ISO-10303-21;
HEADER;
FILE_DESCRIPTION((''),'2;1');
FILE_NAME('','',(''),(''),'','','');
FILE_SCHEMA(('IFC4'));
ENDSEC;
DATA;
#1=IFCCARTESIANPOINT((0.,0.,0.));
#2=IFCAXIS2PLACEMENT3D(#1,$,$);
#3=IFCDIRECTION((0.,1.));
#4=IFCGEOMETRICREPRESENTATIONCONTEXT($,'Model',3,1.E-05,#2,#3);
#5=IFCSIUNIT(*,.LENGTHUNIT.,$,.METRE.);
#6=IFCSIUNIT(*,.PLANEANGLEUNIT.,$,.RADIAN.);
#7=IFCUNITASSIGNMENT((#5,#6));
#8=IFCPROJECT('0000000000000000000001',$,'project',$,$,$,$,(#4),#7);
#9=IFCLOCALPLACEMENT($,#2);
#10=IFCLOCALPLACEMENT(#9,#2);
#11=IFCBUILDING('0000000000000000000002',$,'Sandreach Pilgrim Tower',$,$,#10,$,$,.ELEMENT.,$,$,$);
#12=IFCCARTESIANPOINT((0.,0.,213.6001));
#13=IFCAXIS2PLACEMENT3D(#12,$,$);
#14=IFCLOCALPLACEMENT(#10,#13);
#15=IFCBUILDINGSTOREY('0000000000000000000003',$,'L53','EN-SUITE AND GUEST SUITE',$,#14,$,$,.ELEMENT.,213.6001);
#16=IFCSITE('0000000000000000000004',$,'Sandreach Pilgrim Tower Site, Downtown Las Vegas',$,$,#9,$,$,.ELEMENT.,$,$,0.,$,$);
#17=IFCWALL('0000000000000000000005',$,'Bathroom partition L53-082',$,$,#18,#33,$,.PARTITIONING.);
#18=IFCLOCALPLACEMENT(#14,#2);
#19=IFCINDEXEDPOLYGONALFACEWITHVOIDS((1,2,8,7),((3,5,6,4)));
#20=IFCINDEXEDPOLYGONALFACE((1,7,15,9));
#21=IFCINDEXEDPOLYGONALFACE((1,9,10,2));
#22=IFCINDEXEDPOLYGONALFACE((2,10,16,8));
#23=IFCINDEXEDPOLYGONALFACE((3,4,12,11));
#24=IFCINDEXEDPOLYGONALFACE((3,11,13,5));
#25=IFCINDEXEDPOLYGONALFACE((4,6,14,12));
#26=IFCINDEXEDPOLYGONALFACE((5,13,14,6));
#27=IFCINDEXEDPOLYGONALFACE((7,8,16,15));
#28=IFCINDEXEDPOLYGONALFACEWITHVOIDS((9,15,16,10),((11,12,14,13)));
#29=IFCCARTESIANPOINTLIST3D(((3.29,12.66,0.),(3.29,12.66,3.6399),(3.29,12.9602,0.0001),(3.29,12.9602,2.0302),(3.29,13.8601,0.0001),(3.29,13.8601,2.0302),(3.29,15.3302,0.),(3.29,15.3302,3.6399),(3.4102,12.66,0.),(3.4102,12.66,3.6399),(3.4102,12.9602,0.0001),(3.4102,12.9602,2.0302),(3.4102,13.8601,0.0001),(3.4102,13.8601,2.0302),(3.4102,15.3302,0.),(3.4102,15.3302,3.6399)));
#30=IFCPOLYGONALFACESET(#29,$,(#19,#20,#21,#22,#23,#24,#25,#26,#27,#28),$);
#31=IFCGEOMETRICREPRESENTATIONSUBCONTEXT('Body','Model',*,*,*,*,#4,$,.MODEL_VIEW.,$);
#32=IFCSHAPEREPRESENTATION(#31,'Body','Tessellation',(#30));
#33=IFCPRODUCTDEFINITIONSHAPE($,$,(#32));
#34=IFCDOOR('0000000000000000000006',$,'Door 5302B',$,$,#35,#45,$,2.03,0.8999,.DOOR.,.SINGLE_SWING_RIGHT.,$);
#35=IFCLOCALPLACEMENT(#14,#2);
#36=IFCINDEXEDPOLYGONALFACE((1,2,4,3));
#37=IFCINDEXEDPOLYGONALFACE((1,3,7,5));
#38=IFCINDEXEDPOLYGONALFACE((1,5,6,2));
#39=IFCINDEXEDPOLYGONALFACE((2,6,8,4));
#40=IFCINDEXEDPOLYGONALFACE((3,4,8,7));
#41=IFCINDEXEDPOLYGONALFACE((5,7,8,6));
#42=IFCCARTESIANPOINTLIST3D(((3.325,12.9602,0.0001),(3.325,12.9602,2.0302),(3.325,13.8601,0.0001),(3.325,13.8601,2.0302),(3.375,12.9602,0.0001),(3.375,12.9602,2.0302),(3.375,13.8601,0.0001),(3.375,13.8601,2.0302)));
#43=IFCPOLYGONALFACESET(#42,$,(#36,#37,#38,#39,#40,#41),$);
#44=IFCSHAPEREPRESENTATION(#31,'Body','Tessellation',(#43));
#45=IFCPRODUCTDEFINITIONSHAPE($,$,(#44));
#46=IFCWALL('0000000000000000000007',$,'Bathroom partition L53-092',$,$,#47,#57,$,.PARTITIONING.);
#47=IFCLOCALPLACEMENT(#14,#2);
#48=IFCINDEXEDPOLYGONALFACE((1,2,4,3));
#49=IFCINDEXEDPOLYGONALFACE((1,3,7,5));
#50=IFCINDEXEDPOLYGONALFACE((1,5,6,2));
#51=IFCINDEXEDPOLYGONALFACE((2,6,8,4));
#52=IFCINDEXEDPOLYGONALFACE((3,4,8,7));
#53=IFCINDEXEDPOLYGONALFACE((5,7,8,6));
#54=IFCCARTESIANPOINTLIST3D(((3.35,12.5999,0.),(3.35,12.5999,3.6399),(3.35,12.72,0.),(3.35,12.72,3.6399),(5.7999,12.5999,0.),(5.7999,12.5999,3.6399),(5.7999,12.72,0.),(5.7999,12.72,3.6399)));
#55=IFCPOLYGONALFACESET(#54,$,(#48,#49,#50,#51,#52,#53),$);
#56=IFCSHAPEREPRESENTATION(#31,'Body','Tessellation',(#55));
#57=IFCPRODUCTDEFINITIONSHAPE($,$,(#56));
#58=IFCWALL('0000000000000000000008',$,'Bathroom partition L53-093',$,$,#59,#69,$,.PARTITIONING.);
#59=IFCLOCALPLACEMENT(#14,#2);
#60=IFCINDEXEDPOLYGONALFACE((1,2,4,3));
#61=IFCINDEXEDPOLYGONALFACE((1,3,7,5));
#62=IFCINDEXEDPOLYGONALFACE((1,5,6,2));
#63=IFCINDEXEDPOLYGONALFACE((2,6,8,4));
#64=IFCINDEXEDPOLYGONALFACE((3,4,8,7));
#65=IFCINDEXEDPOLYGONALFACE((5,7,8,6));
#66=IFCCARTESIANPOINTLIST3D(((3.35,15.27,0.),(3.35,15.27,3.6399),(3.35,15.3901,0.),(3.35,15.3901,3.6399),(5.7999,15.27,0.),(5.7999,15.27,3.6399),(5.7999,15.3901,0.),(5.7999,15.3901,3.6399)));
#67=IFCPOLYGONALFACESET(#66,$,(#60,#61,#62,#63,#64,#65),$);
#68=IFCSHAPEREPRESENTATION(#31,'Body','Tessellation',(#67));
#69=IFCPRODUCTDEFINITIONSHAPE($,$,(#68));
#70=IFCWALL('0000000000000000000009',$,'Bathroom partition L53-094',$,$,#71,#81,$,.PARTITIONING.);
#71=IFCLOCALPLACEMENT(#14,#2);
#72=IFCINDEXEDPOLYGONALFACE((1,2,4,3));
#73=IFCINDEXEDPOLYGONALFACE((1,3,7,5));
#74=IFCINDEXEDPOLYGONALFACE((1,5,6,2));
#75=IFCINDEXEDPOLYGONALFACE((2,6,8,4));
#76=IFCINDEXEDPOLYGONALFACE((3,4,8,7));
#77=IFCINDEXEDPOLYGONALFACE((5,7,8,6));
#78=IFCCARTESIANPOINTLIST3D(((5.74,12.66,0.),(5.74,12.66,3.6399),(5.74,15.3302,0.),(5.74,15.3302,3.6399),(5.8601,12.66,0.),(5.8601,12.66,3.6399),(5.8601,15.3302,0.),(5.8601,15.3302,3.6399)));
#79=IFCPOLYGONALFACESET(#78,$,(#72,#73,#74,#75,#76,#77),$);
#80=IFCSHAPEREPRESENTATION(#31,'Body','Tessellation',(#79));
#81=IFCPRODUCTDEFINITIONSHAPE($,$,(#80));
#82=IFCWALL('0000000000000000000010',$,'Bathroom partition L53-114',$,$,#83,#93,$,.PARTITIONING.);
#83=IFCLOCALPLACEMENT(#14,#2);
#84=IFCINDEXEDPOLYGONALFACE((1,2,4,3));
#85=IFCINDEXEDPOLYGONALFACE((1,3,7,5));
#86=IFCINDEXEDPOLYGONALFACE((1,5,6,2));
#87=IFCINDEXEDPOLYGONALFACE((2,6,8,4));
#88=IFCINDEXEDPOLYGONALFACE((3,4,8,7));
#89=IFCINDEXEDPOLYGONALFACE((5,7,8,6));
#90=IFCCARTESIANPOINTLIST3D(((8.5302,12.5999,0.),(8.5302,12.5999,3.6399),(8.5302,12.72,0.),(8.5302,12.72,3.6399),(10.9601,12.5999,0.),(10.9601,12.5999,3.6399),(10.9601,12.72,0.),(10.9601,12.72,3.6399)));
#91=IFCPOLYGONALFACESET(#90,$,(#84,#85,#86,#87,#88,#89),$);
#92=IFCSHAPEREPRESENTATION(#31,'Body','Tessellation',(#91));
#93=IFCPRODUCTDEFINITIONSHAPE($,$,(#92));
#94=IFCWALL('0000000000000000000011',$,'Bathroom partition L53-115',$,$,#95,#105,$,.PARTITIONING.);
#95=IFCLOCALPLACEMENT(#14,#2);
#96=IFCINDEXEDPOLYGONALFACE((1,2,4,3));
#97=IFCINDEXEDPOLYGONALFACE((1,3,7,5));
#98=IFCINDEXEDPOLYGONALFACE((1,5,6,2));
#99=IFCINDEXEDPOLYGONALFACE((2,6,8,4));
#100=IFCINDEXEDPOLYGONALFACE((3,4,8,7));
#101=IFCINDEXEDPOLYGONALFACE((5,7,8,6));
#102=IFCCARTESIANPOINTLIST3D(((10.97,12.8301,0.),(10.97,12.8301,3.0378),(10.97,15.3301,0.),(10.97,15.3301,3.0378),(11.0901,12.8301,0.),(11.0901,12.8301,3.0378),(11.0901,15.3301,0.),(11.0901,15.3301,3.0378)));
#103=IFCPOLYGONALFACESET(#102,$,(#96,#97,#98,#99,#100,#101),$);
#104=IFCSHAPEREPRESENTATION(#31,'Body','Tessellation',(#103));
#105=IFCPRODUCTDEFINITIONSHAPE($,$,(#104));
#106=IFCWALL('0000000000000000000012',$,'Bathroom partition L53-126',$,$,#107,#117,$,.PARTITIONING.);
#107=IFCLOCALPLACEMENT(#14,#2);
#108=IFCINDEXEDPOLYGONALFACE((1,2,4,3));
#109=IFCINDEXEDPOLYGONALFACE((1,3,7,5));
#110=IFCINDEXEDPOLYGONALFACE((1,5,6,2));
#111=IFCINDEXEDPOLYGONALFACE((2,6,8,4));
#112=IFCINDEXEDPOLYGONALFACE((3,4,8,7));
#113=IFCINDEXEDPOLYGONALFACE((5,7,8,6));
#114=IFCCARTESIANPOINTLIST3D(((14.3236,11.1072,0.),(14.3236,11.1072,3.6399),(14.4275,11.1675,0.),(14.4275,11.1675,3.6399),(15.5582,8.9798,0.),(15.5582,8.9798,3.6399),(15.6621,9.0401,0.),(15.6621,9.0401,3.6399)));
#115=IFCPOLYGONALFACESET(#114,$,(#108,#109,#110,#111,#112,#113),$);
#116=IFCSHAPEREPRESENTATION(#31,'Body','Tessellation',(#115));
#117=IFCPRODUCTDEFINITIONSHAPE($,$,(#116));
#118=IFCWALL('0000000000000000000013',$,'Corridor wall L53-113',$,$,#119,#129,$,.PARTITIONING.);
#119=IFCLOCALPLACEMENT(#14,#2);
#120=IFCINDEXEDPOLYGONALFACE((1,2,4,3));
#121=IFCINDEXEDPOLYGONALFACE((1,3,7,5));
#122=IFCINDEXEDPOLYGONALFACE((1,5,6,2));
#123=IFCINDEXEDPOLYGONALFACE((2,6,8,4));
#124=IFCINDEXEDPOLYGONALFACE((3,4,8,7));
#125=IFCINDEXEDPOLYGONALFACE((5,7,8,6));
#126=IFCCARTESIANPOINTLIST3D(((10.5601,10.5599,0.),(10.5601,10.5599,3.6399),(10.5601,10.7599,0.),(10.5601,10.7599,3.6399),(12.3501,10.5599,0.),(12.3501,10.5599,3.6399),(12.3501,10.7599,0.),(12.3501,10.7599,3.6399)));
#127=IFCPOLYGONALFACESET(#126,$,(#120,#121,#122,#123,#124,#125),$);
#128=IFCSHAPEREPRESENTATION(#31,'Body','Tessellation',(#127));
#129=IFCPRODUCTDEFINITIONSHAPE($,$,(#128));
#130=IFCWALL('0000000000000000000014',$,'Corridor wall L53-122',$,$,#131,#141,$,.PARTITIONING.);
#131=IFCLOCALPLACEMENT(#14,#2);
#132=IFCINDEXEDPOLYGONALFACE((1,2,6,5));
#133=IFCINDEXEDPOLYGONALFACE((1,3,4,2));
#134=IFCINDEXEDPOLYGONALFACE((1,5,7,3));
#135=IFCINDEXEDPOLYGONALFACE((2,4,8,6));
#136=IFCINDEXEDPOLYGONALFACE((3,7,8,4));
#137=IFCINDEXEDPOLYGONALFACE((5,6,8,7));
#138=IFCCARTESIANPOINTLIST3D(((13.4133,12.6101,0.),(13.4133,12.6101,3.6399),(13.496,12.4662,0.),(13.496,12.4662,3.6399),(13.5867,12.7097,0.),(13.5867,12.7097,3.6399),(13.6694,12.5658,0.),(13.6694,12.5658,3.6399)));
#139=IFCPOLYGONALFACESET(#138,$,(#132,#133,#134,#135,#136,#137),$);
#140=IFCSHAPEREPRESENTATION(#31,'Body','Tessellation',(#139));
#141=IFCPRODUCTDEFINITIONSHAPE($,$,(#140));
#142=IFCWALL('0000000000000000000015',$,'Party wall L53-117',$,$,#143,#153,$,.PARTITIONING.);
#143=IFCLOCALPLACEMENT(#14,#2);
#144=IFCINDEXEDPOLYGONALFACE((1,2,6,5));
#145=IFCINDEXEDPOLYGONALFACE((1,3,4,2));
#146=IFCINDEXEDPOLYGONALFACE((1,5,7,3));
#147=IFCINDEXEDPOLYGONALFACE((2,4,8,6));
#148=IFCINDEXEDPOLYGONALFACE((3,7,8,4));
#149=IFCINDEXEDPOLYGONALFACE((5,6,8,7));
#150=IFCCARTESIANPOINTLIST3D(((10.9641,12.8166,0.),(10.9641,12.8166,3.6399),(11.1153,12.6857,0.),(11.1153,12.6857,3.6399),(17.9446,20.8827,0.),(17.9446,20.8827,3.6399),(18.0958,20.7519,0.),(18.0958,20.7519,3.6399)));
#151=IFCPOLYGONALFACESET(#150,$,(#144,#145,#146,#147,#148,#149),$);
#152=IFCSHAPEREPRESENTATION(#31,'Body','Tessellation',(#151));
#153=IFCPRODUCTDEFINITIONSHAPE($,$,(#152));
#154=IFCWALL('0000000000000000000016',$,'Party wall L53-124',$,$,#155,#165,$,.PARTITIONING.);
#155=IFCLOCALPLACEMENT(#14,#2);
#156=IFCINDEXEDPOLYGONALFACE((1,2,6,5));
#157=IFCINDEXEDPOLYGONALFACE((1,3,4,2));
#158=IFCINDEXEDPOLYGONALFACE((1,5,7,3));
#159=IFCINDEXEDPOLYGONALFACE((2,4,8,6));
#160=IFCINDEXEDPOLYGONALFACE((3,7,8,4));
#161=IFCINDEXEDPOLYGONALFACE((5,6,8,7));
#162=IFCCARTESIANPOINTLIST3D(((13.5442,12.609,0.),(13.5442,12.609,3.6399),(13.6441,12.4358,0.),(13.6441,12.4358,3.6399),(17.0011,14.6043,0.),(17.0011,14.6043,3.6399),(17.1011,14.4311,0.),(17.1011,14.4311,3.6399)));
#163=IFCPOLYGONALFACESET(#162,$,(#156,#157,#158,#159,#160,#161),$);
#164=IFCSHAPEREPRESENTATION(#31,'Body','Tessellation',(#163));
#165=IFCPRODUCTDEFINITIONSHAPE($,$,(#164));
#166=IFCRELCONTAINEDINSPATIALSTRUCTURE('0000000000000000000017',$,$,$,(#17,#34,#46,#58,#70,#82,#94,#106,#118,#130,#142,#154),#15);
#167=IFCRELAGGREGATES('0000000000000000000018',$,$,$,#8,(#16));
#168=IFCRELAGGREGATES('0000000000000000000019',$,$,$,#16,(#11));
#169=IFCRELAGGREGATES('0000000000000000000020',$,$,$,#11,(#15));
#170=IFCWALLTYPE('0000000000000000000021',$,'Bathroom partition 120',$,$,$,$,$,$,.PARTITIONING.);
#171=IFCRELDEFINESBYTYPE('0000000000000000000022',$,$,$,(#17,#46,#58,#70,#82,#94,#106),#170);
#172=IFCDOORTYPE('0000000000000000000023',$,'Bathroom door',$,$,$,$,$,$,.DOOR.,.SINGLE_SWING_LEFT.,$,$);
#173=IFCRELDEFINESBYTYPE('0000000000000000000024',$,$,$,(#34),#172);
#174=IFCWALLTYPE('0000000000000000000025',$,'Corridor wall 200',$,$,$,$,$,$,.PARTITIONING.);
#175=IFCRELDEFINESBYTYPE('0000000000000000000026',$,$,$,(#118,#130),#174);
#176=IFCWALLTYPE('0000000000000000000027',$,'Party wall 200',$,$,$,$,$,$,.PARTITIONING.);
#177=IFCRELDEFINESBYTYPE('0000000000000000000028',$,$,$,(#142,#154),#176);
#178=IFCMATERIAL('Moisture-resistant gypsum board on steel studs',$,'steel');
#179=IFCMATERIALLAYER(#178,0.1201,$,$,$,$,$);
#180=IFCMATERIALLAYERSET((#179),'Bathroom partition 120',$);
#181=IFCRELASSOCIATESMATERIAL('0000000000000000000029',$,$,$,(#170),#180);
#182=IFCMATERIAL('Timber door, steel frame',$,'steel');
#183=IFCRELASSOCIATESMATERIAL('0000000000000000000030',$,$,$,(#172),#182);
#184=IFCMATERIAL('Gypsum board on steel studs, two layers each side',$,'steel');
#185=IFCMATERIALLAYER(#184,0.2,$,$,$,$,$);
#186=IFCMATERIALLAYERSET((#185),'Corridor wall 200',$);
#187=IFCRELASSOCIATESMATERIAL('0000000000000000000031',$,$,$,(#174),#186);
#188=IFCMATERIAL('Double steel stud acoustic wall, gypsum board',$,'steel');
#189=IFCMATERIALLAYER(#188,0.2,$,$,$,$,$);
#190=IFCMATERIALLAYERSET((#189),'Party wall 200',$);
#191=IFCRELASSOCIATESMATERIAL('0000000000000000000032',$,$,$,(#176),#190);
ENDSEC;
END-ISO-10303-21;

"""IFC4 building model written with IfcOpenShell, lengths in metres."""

from ifc_helpers import new_model, si_unit, direction, frame, frame_2d, origin, place, context, subcontext, project, spatial, rectangle, extrude, material, layer, layer_set, type_object, element, fill, save


model = new_model("IFC4")

# Units and contexts
model_context = context("Model", 3, precision=1e-05, world=origin(), true_north=direction((0.0, 1.0)))
body_context = subcontext(model_context, "Body", "Model", "MODEL_VIEW")
ifc_project = project(units=[si_unit("LENGTHUNIT", "METRE"), si_unit("PLANEANGLEUNIT", "RADIAN")], contexts=[model_context])

# Site, building, storey
site_placement = place(None, origin())
site = spatial("IfcSite", under=ifc_project, at=site_placement, Name="Sandreach Pilgrim Tower Site, Downtown Las Vegas", CompositionType="ELEMENT", RefElevation=0.0)
building_placement = place(site_placement, origin())
building = spatial("IfcBuilding", under=site, at=building_placement, Name="Sandreach Pilgrim Tower", CompositionType="ELEMENT")
storey_placement = place(building_placement, frame((0.0, 0.0, 213.6001)))
storey = spatial("IfcBuildingStorey", under=building, at=storey_placement, Name="L53", Description="EN-SUITE AND GUEST SUITE", CompositionType="ELEMENT", Elevation=213.6001)

# Wall, opening, door
ifc_material_1 = material(Name="Moisture-resistant gypsum board on steel studs", Category="steel")
ifc_layer_1 = layer(ifc_material_1, 0.1201)
ifc_layer_set_1 = layer_set([ifc_layer_1], Name="Bathroom partition 120")
wall_type_1 = type_object("IfcWallType", Name="Bathroom partition 120", PredefinedType="PARTITIONING", material=ifc_layer_set_1)
wall_1_placement = place(storey_placement, frame((3.3501, 15.3301, 0.0), z_axis=(0.0, 0.0, 1.0), x_axis=(0.0, -1.0, 0.0)))
wall_1 = element("IfcWall", 1, at=wall_1_placement, inside=storey, type_object=wall_type_1, Name="Bathroom partition L53-082", PredefinedType="PARTITIONING", context=body_context, shape_type="SweptSolid", body=[
    extrude(rectangle(XDim=2.6702, YDim=0.1201, at=frame_2d((1.335, 0.0))), origin(), (0.0, 0.0, 1.0), 3.6399),
])
opening_1_placement = place(wall_1_placement, frame((1.47, 0.0, 0.0)))
opening_1 = element("IfcOpeningElement", 2, at=opening_1_placement, cuts=wall_1, PredefinedType="OPENING", context=body_context, shape_type="SweptSolid", body=[
    extrude(rectangle(XDim=0.8999, YDim=2.03, at=frame_2d((0.45, 1.0151))), frame((0.0, 0.0601, 0.0), z_axis=(0.0, -1.0, 0.0), x_axis=(1.0, 0.0, 0.0)), (0.0, 0.0, 1.0), 0.1201),
])
ifc_material_2 = material(Name="Timber door, steel frame", Category="steel")
door_type_1 = type_object("IfcDoorType", Name="Bathroom door", OperationType="SINGLE_SWING_LEFT", PredefinedType="DOOR", material=ifc_material_2)
door_1_placement = place(opening_1_placement, origin())
door_1 = element("IfcDoor", 3, at=door_1_placement, inside=storey, type_object=door_type_1, Name="Door 5302B", OperationType="SINGLE_SWING_RIGHT", OverallHeight=2.03, OverallWidth=0.8999, PredefinedType="DOOR", context=body_context, shape_type="SweptSolid", body=[
    extrude(rectangle(XDim=0.8999, YDim=2.03, at=frame_2d((0.45, 1.0151))), frame((0.0, 0.0249, 0.0), z_axis=(0.0, -1.0, 0.0), x_axis=(1.0, 0.0, 0.0)), (0.0, 0.0, 1.0), 0.05),
])
fill(opening_1, door_1)

# Walls
for number, where, z_axis, x_axis, name in (
    (4, (5.8, 12.6599, 0.0), (0.0, 0.0, 1.0), (-1.0, 0.0, 0.0), "Bathroom partition L53-092"),
    (5, (5.8, 15.3301, 0.0), (0.0, 0.0, 1.0), (-1.0, 0.0, 0.0), "Bathroom partition L53-093"),
):
    element("IfcWall", number, at=place(storey_placement, frame(where, z_axis=z_axis, x_axis=x_axis)), inside=storey, type_object=wall_type_1, Name=name, PredefinedType="PARTITIONING", context=body_context, shape_type="SweptSolid", body=[
        extrude(rectangle(XDim=2.45, YDim=0.1201, at=frame_2d((1.2251, 0.0))), origin(), (0.0, 0.0, 1.0), 3.6399),
    ])
wall_2_placement = place(storey_placement, frame((5.8, 15.3301, 0.0), z_axis=(0.0, 0.0, 1.0), x_axis=(0.0, -1.0, 0.0)))
element("IfcWall", 6, at=wall_2_placement, inside=storey, type_object=wall_type_1, Name="Bathroom partition L53-094", PredefinedType="PARTITIONING", context=body_context, shape_type="SweptSolid", body=[
    extrude(rectangle(XDim=2.6702, YDim=0.1201, at=frame_2d((1.335, 0.0))), origin(), (0.0, 0.0, 1.0), 3.6399),
])
wall_3_placement = place(storey_placement, frame((10.96, 12.6599, 0.0), z_axis=(0.0, 0.0, 1.0), x_axis=(-1.0, 0.0, 0.0)))
element("IfcWall", 7, at=wall_3_placement, inside=storey, type_object=wall_type_1, Name="Bathroom partition L53-114", PredefinedType="PARTITIONING", context=body_context, shape_type="SweptSolid", body=[
    extrude(rectangle(XDim=2.4299, YDim=0.1201, at=frame_2d((1.2148, 0.0))), origin(), (0.0, 0.0, 1.0), 3.6399),
])
wall_4_placement = place(storey_placement, frame((11.03, 12.8301, 0.0), z_axis=(0.0, 0.0, 1.0), x_axis=(0.0, 1.0, 0.0)))
element("IfcWall", 8, at=wall_4_placement, inside=storey, type_object=wall_type_1, Name="Bathroom partition L53-115", PredefinedType="PARTITIONING", context=body_context, shape_type="SweptSolid", body=[
    extrude(rectangle(XDim=2.5, YDim=0.1201, at=frame_2d((1.25, 0.0))), origin(), (0.0, 0.0, 1.0), 3.0378),
])
wall_5_placement = place(storey_placement, frame((14.3755, 11.1375, 0.0), z_axis=(0.0, 0.0, 1.0), x_axis=(0.501932, -0.864907, 0.0)))
element("IfcWall", 9, at=wall_5_placement, inside=storey, type_object=wall_type_1, Name="Bathroom partition L53-126", PredefinedType="PARTITIONING", context=body_context, shape_type="SweptSolid", body=[
    extrude(rectangle(XDim=2.4597, YDim=0.1201, at=frame_2d((1.23, 0.0))), origin(), (0.0, 0.0, 1.0), 3.6399),
])

# Shared definitions
ifc_material_3 = material(Name="Gypsum board on steel studs, two layers each side", Category="steel")
ifc_layer_2 = layer(ifc_material_3, 0.2)
ifc_layer_set_2 = layer_set([ifc_layer_2], Name="Corridor wall 200")
wall_type_2 = type_object("IfcWallType", Name="Corridor wall 200", PredefinedType="PARTITIONING", material=ifc_layer_set_2)

# Wall
wall_6_placement = place(storey_placement, frame((10.5601, 10.6599, 0.0), z_axis=(0.0, 0.0, 1.0), x_axis=(1.0, 0.0, 0.0)))
element("IfcWall", 10, at=wall_6_placement, inside=storey, type_object=wall_type_2, Name="Corridor wall L53-113", PredefinedType="PARTITIONING", context=body_context, shape_type="SweptSolid", body=[
    extrude(rectangle(XDim=1.79, YDim=0.2, at=frame_2d((0.895, 0.0))), origin(), (0.0, 0.0, 1.0), 3.6399),
])

# Wall
wall_7_placement = place(storey_placement, frame((13.5, 12.6599, 0.0), z_axis=(0.0, 0.0, 1.0), x_axis=(0.498195, -0.867065, 0.0)))
element("IfcWall", 11, at=wall_7_placement, inside=storey, type_object=wall_type_2, Name="Corridor wall L53-122", PredefinedType="PARTITIONING", context=body_context, shape_type="SweptSolid", body=[
    extrude(rectangle(XDim=0.166, YDim=0.2, at=frame_2d((0.083, 0.0))), origin(), (0.0, 0.0, 1.0), 3.6399),
])

# Walls
ifc_material_4 = material(Name="Double steel stud acoustic wall, gypsum board", Category="steel")
ifc_layer_3 = layer(ifc_material_4, 0.2)
ifc_layer_set_3 = layer_set([ifc_layer_3], Name="Party wall 200")
wall_type_3 = type_object("IfcWallType", Name="Party wall 200", PredefinedType="PARTITIONING", material=ifc_layer_set_3)
wall_8_placement = place(storey_placement, frame((11.0398, 12.7512, 0.0), z_axis=(0.0, 0.0, 1.0), x_axis=(0.654384, 0.756162, 0.0)))
element("IfcWall", 12, at=wall_8_placement, inside=storey, type_object=wall_type_3, Name="Party wall L53-117", PredefinedType="PARTITIONING", context=body_context, shape_type="SweptSolid", body=[
    extrude(rectangle(XDim=10.6672, YDim=0.2, at=frame_2d((5.3335, 0.0))), origin(), (0.0, 0.0, 1.0), 3.6399),
])
wall_9_placement = place(storey_placement, frame((13.5942, 12.5225, 0.0), z_axis=(0.0, 0.0, 1.0), x_axis=(0.866086, 0.499895, 0.0)))
element("IfcWall", 13, at=wall_9_placement, inside=storey, type_object=wall_type_3, Name="Party wall L53-124", PredefinedType="PARTITIONING", context=body_context, shape_type="SweptSolid", body=[
    extrude(rectangle(XDim=3.9915, YDim=0.2, at=frame_2d((1.9956, 0.0))), origin(), (0.0, 0.0, 1.0), 3.6399),
])

save(model, "model.ifc")
